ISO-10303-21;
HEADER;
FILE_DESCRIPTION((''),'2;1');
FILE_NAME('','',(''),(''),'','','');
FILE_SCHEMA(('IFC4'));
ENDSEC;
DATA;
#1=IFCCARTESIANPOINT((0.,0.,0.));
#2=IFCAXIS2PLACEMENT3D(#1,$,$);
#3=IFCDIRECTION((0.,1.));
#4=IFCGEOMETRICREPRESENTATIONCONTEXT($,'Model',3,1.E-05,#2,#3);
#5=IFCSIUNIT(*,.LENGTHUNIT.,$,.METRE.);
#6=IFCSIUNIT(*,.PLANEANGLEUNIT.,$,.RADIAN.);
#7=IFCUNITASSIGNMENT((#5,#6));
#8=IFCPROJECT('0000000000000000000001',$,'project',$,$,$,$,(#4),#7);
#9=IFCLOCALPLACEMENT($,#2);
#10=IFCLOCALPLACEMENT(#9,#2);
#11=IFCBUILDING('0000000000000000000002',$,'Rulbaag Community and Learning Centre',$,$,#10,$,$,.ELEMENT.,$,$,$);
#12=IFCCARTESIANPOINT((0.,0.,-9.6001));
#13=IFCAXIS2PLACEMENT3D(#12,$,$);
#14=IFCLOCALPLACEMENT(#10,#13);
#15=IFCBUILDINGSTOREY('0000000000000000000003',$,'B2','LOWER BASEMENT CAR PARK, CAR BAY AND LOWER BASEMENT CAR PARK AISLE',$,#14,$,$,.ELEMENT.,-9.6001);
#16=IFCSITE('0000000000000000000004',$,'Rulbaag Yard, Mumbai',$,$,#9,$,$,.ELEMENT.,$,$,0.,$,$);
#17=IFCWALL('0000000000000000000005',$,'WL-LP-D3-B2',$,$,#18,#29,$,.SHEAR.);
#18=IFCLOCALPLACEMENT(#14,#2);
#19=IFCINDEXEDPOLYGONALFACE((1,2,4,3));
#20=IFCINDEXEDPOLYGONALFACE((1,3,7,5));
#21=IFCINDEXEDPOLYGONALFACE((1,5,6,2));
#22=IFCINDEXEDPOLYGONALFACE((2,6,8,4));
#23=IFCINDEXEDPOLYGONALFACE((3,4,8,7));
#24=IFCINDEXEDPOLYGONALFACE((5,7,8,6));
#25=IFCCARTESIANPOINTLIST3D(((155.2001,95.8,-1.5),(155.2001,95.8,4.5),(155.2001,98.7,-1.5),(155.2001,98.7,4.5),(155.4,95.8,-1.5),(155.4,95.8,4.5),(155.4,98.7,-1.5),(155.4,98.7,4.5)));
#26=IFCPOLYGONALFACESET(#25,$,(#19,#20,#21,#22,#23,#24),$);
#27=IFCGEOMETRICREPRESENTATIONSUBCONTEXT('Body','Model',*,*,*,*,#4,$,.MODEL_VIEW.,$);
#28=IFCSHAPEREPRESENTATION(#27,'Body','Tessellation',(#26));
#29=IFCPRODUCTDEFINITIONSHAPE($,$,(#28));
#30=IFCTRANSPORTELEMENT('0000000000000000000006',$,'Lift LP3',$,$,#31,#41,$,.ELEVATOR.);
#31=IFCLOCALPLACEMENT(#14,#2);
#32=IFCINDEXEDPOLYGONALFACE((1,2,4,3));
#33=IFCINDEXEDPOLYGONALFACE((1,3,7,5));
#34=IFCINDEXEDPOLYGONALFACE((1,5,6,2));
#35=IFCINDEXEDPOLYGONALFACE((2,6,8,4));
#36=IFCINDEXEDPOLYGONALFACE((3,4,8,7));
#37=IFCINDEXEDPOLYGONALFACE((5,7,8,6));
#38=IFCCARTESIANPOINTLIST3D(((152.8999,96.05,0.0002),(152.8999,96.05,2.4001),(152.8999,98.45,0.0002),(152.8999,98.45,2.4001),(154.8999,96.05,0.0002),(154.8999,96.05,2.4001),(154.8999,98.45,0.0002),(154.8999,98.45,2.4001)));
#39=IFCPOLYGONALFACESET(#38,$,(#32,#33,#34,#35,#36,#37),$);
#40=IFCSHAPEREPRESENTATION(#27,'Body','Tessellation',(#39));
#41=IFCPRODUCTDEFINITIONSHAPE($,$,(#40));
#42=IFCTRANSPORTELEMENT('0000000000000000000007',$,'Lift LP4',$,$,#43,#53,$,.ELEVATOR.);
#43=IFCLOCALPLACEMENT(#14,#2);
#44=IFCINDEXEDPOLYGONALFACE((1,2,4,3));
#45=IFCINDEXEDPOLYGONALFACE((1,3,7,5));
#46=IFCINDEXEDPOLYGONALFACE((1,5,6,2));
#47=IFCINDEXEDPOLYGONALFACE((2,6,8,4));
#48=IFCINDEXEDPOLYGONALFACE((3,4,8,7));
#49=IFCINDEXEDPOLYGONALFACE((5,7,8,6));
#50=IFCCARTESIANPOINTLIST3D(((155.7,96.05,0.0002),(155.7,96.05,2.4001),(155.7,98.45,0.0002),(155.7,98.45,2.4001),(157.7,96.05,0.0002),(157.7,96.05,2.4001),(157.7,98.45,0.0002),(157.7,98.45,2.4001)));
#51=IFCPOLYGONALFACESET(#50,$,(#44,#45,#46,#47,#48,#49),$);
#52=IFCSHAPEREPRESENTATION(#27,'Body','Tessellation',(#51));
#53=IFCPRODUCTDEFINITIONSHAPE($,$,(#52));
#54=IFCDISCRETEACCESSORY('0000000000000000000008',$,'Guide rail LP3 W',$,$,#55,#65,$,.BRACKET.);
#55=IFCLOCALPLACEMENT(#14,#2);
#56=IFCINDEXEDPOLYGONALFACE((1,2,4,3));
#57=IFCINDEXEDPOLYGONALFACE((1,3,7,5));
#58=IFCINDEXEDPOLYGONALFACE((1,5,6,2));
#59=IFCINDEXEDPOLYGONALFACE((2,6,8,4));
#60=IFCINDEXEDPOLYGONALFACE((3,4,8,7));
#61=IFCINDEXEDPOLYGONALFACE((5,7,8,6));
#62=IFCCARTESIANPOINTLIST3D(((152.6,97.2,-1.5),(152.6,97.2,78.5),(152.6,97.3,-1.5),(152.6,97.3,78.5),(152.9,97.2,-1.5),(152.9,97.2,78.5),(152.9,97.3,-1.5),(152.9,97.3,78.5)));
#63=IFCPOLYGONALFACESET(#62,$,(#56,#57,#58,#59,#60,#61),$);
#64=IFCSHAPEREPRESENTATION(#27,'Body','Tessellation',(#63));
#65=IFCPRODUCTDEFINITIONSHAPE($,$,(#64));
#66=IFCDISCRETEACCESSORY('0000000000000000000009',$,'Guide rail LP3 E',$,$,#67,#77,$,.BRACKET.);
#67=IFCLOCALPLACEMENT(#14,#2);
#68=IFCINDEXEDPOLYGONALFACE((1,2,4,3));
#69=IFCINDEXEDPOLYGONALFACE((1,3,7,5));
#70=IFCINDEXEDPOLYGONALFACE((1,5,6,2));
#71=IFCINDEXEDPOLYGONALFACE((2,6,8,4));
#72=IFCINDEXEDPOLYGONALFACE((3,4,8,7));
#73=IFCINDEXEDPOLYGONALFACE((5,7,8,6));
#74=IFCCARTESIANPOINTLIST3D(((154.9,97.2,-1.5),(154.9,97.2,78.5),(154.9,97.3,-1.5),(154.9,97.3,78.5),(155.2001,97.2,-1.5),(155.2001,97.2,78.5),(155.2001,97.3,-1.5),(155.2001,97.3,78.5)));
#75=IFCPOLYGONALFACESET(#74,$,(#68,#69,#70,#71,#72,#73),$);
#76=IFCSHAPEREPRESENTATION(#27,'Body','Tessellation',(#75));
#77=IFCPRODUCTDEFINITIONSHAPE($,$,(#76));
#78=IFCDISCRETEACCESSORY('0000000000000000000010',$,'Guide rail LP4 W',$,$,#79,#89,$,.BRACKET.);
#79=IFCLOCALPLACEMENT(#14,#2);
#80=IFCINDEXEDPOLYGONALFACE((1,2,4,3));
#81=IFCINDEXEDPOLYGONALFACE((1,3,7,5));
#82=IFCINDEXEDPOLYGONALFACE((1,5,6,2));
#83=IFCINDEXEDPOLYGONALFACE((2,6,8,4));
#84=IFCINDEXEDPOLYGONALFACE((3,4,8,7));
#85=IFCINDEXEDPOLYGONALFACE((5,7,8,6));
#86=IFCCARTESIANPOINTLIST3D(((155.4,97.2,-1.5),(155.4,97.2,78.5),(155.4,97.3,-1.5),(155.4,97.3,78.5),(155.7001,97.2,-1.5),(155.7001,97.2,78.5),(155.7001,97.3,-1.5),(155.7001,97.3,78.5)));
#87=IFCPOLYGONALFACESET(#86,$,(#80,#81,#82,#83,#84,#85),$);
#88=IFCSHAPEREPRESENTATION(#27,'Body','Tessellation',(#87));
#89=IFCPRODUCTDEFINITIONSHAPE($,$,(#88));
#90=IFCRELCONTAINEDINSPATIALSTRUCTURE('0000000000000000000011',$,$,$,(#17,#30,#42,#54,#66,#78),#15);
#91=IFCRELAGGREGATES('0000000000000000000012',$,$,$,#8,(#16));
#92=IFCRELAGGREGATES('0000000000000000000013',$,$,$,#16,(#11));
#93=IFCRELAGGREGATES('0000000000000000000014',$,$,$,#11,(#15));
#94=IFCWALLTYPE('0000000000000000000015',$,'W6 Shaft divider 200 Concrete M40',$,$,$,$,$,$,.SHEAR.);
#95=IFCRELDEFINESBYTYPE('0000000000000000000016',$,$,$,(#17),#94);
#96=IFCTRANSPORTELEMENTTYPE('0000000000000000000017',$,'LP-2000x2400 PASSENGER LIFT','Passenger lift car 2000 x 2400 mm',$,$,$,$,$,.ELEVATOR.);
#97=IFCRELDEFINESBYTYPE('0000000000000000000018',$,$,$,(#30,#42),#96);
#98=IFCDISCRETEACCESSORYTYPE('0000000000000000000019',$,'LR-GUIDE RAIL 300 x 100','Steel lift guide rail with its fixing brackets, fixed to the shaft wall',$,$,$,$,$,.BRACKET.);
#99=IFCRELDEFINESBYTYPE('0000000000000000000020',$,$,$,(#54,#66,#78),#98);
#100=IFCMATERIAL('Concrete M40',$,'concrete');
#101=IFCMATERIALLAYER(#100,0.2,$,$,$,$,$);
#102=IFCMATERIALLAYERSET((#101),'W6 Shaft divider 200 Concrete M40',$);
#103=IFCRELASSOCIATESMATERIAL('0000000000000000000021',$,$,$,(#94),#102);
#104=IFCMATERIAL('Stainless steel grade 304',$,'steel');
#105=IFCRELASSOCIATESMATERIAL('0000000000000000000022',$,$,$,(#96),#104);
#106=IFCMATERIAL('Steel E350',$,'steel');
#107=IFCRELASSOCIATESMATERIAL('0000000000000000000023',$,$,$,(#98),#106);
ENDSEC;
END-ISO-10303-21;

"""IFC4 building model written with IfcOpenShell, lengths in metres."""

from ifc_helpers import new_model, si_unit, direction, frame, frame_2d, origin, origin_2d, place, context, subcontext, project, spatial, rectangle, extrude, material, layer, layer_set, type_object, element, save


model = new_model("IFC4")

# Units and contexts
model_context = context("Model", 3, precision=1e-05, world=origin(), true_north=direction((0.0, 1.0)))
body_context = subcontext(model_context, "Body", "Model", "MODEL_VIEW")
ifc_project = project(units=[si_unit("LENGTHUNIT", "METRE"), si_unit("PLANEANGLEUNIT", "RADIAN")], contexts=[model_context])

# Site, building, storey
site_placement = place(None, origin())
site = spatial("IfcSite", under=ifc_project, at=site_placement, Name="Rulbaag Yard, Mumbai", CompositionType="ELEMENT", RefElevation=0.0)
building_placement = place(site_placement, origin())
building = spatial("IfcBuilding", under=site, at=building_placement, Name="Rulbaag Community and Learning Centre", CompositionType="ELEMENT")
storey_placement = place(building_placement, frame((0.0, 0.0, -9.6001)))
storey = spatial("IfcBuildingStorey", under=building, at=storey_placement, Name="B2", Description="LOWER BASEMENT CAR PARK, CAR BAY AND LOWER BASEMENT CAR PARK AISLE", CompositionType="ELEMENT", Elevation=-9.6001)

# Wall
ifc_material_1 = material(Name="Concrete M40", Category="concrete")
ifc_layer_1 = layer(ifc_material_1, 0.2)
ifc_layer_set_1 = layer_set([ifc_layer_1], Name="W6 Shaft divider 200 Concrete M40")
wall_type_1 = type_object("IfcWallType", Name="W6 Shaft divider 200 Concrete M40", PredefinedType="SHEAR", material=ifc_layer_set_1)
wall_1_placement = place(storey_placement, frame((155.3, 95.8, -1.5), z_axis=(0.0, 0.0, 1.0), x_axis=(0.0, 1.0, 0.0)))
element("IfcWall", 1, at=wall_1_placement, inside=storey, type_object=wall_type_1, Name="WL-LP-D3-B2", PredefinedType="SHEAR", context=body_context, shape_type="SweptSolid", body=[
    extrude(rectangle(XDim=2.8999, YDim=0.2, at=frame_2d((1.45, 0.0))), origin(), (0.0, 0.0, 1.0), 6.0),
])

# Transport elements
ifc_material_2 = material(Name="Stainless steel grade 304", Category="steel")
transport_element_type = type_object("IfcTransportElementType", Name="LP-2000x2400 PASSENGER LIFT", Description="Passenger lift car 2000 x 2400 mm", PredefinedType="ELEVATOR", material=ifc_material_2)
for number, where, z_axis, x_axis, name in (
    (2, (153.8999, 97.25, 0.0002), (0.0, 0.0, 1.0), (1.0, 0.0, 0.0), "Lift LP3"),
    (3, (156.7, 97.25, 0.0002), (0.0, 0.0, 1.0), (1.0, 0.0, 0.0), "Lift LP4"),
):
    element("IfcTransportElement", number, at=place(storey_placement, frame(where, z_axis=z_axis, x_axis=x_axis)), inside=storey, type_object=transport_element_type, Name=name, PredefinedType="ELEVATOR", context=body_context, shape_type="SweptSolid", body=[
        extrude(rectangle(XDim=2.0, YDim=2.3999, at=origin_2d()), origin(), (0.0, 0.0, 1.0), 2.3999),
    ])

# Discrete accessories
ifc_material_3 = material(Name="Steel E350", Category="steel")
discrete_accessory_type = type_object("IfcDiscreteAccessoryType", Name="LR-GUIDE RAIL 300 x 100", Description="Steel lift guide rail with its fixing brackets, fixed to the shaft wall", PredefinedType="BRACKET", material=ifc_material_3)
for number, where, z_axis, x_axis, name in (
    (4, (152.75, 97.25, -1.5), (0.0, 0.0, 1.0), (1.0, 0.0, 0.0), "Guide rail LP3 W"),
    (5, (155.05, 97.25, -1.5), (0.0, 0.0, 1.0), (1.0, 0.0, 0.0), "Guide rail LP3 E"),
    (6, (155.55, 97.25, -1.5), (0.0, 0.0, 1.0), (1.0, 0.0, 0.0), "Guide rail LP4 W"),
):
    element("IfcDiscreteAccessory", number, at=place(storey_placement, frame(where, z_axis=z_axis, x_axis=x_axis)), inside=storey, type_object=discrete_accessory_type, Name=name, PredefinedType="BRACKET", context=body_context, shape_type="SweptSolid", body=[
        extrude(rectangle(XDim=0.3, YDim=0.1001, at=origin_2d()), origin(), (0.0, 0.0, 1.0), 80.0),
    ])

save(model, "model.ifc")
